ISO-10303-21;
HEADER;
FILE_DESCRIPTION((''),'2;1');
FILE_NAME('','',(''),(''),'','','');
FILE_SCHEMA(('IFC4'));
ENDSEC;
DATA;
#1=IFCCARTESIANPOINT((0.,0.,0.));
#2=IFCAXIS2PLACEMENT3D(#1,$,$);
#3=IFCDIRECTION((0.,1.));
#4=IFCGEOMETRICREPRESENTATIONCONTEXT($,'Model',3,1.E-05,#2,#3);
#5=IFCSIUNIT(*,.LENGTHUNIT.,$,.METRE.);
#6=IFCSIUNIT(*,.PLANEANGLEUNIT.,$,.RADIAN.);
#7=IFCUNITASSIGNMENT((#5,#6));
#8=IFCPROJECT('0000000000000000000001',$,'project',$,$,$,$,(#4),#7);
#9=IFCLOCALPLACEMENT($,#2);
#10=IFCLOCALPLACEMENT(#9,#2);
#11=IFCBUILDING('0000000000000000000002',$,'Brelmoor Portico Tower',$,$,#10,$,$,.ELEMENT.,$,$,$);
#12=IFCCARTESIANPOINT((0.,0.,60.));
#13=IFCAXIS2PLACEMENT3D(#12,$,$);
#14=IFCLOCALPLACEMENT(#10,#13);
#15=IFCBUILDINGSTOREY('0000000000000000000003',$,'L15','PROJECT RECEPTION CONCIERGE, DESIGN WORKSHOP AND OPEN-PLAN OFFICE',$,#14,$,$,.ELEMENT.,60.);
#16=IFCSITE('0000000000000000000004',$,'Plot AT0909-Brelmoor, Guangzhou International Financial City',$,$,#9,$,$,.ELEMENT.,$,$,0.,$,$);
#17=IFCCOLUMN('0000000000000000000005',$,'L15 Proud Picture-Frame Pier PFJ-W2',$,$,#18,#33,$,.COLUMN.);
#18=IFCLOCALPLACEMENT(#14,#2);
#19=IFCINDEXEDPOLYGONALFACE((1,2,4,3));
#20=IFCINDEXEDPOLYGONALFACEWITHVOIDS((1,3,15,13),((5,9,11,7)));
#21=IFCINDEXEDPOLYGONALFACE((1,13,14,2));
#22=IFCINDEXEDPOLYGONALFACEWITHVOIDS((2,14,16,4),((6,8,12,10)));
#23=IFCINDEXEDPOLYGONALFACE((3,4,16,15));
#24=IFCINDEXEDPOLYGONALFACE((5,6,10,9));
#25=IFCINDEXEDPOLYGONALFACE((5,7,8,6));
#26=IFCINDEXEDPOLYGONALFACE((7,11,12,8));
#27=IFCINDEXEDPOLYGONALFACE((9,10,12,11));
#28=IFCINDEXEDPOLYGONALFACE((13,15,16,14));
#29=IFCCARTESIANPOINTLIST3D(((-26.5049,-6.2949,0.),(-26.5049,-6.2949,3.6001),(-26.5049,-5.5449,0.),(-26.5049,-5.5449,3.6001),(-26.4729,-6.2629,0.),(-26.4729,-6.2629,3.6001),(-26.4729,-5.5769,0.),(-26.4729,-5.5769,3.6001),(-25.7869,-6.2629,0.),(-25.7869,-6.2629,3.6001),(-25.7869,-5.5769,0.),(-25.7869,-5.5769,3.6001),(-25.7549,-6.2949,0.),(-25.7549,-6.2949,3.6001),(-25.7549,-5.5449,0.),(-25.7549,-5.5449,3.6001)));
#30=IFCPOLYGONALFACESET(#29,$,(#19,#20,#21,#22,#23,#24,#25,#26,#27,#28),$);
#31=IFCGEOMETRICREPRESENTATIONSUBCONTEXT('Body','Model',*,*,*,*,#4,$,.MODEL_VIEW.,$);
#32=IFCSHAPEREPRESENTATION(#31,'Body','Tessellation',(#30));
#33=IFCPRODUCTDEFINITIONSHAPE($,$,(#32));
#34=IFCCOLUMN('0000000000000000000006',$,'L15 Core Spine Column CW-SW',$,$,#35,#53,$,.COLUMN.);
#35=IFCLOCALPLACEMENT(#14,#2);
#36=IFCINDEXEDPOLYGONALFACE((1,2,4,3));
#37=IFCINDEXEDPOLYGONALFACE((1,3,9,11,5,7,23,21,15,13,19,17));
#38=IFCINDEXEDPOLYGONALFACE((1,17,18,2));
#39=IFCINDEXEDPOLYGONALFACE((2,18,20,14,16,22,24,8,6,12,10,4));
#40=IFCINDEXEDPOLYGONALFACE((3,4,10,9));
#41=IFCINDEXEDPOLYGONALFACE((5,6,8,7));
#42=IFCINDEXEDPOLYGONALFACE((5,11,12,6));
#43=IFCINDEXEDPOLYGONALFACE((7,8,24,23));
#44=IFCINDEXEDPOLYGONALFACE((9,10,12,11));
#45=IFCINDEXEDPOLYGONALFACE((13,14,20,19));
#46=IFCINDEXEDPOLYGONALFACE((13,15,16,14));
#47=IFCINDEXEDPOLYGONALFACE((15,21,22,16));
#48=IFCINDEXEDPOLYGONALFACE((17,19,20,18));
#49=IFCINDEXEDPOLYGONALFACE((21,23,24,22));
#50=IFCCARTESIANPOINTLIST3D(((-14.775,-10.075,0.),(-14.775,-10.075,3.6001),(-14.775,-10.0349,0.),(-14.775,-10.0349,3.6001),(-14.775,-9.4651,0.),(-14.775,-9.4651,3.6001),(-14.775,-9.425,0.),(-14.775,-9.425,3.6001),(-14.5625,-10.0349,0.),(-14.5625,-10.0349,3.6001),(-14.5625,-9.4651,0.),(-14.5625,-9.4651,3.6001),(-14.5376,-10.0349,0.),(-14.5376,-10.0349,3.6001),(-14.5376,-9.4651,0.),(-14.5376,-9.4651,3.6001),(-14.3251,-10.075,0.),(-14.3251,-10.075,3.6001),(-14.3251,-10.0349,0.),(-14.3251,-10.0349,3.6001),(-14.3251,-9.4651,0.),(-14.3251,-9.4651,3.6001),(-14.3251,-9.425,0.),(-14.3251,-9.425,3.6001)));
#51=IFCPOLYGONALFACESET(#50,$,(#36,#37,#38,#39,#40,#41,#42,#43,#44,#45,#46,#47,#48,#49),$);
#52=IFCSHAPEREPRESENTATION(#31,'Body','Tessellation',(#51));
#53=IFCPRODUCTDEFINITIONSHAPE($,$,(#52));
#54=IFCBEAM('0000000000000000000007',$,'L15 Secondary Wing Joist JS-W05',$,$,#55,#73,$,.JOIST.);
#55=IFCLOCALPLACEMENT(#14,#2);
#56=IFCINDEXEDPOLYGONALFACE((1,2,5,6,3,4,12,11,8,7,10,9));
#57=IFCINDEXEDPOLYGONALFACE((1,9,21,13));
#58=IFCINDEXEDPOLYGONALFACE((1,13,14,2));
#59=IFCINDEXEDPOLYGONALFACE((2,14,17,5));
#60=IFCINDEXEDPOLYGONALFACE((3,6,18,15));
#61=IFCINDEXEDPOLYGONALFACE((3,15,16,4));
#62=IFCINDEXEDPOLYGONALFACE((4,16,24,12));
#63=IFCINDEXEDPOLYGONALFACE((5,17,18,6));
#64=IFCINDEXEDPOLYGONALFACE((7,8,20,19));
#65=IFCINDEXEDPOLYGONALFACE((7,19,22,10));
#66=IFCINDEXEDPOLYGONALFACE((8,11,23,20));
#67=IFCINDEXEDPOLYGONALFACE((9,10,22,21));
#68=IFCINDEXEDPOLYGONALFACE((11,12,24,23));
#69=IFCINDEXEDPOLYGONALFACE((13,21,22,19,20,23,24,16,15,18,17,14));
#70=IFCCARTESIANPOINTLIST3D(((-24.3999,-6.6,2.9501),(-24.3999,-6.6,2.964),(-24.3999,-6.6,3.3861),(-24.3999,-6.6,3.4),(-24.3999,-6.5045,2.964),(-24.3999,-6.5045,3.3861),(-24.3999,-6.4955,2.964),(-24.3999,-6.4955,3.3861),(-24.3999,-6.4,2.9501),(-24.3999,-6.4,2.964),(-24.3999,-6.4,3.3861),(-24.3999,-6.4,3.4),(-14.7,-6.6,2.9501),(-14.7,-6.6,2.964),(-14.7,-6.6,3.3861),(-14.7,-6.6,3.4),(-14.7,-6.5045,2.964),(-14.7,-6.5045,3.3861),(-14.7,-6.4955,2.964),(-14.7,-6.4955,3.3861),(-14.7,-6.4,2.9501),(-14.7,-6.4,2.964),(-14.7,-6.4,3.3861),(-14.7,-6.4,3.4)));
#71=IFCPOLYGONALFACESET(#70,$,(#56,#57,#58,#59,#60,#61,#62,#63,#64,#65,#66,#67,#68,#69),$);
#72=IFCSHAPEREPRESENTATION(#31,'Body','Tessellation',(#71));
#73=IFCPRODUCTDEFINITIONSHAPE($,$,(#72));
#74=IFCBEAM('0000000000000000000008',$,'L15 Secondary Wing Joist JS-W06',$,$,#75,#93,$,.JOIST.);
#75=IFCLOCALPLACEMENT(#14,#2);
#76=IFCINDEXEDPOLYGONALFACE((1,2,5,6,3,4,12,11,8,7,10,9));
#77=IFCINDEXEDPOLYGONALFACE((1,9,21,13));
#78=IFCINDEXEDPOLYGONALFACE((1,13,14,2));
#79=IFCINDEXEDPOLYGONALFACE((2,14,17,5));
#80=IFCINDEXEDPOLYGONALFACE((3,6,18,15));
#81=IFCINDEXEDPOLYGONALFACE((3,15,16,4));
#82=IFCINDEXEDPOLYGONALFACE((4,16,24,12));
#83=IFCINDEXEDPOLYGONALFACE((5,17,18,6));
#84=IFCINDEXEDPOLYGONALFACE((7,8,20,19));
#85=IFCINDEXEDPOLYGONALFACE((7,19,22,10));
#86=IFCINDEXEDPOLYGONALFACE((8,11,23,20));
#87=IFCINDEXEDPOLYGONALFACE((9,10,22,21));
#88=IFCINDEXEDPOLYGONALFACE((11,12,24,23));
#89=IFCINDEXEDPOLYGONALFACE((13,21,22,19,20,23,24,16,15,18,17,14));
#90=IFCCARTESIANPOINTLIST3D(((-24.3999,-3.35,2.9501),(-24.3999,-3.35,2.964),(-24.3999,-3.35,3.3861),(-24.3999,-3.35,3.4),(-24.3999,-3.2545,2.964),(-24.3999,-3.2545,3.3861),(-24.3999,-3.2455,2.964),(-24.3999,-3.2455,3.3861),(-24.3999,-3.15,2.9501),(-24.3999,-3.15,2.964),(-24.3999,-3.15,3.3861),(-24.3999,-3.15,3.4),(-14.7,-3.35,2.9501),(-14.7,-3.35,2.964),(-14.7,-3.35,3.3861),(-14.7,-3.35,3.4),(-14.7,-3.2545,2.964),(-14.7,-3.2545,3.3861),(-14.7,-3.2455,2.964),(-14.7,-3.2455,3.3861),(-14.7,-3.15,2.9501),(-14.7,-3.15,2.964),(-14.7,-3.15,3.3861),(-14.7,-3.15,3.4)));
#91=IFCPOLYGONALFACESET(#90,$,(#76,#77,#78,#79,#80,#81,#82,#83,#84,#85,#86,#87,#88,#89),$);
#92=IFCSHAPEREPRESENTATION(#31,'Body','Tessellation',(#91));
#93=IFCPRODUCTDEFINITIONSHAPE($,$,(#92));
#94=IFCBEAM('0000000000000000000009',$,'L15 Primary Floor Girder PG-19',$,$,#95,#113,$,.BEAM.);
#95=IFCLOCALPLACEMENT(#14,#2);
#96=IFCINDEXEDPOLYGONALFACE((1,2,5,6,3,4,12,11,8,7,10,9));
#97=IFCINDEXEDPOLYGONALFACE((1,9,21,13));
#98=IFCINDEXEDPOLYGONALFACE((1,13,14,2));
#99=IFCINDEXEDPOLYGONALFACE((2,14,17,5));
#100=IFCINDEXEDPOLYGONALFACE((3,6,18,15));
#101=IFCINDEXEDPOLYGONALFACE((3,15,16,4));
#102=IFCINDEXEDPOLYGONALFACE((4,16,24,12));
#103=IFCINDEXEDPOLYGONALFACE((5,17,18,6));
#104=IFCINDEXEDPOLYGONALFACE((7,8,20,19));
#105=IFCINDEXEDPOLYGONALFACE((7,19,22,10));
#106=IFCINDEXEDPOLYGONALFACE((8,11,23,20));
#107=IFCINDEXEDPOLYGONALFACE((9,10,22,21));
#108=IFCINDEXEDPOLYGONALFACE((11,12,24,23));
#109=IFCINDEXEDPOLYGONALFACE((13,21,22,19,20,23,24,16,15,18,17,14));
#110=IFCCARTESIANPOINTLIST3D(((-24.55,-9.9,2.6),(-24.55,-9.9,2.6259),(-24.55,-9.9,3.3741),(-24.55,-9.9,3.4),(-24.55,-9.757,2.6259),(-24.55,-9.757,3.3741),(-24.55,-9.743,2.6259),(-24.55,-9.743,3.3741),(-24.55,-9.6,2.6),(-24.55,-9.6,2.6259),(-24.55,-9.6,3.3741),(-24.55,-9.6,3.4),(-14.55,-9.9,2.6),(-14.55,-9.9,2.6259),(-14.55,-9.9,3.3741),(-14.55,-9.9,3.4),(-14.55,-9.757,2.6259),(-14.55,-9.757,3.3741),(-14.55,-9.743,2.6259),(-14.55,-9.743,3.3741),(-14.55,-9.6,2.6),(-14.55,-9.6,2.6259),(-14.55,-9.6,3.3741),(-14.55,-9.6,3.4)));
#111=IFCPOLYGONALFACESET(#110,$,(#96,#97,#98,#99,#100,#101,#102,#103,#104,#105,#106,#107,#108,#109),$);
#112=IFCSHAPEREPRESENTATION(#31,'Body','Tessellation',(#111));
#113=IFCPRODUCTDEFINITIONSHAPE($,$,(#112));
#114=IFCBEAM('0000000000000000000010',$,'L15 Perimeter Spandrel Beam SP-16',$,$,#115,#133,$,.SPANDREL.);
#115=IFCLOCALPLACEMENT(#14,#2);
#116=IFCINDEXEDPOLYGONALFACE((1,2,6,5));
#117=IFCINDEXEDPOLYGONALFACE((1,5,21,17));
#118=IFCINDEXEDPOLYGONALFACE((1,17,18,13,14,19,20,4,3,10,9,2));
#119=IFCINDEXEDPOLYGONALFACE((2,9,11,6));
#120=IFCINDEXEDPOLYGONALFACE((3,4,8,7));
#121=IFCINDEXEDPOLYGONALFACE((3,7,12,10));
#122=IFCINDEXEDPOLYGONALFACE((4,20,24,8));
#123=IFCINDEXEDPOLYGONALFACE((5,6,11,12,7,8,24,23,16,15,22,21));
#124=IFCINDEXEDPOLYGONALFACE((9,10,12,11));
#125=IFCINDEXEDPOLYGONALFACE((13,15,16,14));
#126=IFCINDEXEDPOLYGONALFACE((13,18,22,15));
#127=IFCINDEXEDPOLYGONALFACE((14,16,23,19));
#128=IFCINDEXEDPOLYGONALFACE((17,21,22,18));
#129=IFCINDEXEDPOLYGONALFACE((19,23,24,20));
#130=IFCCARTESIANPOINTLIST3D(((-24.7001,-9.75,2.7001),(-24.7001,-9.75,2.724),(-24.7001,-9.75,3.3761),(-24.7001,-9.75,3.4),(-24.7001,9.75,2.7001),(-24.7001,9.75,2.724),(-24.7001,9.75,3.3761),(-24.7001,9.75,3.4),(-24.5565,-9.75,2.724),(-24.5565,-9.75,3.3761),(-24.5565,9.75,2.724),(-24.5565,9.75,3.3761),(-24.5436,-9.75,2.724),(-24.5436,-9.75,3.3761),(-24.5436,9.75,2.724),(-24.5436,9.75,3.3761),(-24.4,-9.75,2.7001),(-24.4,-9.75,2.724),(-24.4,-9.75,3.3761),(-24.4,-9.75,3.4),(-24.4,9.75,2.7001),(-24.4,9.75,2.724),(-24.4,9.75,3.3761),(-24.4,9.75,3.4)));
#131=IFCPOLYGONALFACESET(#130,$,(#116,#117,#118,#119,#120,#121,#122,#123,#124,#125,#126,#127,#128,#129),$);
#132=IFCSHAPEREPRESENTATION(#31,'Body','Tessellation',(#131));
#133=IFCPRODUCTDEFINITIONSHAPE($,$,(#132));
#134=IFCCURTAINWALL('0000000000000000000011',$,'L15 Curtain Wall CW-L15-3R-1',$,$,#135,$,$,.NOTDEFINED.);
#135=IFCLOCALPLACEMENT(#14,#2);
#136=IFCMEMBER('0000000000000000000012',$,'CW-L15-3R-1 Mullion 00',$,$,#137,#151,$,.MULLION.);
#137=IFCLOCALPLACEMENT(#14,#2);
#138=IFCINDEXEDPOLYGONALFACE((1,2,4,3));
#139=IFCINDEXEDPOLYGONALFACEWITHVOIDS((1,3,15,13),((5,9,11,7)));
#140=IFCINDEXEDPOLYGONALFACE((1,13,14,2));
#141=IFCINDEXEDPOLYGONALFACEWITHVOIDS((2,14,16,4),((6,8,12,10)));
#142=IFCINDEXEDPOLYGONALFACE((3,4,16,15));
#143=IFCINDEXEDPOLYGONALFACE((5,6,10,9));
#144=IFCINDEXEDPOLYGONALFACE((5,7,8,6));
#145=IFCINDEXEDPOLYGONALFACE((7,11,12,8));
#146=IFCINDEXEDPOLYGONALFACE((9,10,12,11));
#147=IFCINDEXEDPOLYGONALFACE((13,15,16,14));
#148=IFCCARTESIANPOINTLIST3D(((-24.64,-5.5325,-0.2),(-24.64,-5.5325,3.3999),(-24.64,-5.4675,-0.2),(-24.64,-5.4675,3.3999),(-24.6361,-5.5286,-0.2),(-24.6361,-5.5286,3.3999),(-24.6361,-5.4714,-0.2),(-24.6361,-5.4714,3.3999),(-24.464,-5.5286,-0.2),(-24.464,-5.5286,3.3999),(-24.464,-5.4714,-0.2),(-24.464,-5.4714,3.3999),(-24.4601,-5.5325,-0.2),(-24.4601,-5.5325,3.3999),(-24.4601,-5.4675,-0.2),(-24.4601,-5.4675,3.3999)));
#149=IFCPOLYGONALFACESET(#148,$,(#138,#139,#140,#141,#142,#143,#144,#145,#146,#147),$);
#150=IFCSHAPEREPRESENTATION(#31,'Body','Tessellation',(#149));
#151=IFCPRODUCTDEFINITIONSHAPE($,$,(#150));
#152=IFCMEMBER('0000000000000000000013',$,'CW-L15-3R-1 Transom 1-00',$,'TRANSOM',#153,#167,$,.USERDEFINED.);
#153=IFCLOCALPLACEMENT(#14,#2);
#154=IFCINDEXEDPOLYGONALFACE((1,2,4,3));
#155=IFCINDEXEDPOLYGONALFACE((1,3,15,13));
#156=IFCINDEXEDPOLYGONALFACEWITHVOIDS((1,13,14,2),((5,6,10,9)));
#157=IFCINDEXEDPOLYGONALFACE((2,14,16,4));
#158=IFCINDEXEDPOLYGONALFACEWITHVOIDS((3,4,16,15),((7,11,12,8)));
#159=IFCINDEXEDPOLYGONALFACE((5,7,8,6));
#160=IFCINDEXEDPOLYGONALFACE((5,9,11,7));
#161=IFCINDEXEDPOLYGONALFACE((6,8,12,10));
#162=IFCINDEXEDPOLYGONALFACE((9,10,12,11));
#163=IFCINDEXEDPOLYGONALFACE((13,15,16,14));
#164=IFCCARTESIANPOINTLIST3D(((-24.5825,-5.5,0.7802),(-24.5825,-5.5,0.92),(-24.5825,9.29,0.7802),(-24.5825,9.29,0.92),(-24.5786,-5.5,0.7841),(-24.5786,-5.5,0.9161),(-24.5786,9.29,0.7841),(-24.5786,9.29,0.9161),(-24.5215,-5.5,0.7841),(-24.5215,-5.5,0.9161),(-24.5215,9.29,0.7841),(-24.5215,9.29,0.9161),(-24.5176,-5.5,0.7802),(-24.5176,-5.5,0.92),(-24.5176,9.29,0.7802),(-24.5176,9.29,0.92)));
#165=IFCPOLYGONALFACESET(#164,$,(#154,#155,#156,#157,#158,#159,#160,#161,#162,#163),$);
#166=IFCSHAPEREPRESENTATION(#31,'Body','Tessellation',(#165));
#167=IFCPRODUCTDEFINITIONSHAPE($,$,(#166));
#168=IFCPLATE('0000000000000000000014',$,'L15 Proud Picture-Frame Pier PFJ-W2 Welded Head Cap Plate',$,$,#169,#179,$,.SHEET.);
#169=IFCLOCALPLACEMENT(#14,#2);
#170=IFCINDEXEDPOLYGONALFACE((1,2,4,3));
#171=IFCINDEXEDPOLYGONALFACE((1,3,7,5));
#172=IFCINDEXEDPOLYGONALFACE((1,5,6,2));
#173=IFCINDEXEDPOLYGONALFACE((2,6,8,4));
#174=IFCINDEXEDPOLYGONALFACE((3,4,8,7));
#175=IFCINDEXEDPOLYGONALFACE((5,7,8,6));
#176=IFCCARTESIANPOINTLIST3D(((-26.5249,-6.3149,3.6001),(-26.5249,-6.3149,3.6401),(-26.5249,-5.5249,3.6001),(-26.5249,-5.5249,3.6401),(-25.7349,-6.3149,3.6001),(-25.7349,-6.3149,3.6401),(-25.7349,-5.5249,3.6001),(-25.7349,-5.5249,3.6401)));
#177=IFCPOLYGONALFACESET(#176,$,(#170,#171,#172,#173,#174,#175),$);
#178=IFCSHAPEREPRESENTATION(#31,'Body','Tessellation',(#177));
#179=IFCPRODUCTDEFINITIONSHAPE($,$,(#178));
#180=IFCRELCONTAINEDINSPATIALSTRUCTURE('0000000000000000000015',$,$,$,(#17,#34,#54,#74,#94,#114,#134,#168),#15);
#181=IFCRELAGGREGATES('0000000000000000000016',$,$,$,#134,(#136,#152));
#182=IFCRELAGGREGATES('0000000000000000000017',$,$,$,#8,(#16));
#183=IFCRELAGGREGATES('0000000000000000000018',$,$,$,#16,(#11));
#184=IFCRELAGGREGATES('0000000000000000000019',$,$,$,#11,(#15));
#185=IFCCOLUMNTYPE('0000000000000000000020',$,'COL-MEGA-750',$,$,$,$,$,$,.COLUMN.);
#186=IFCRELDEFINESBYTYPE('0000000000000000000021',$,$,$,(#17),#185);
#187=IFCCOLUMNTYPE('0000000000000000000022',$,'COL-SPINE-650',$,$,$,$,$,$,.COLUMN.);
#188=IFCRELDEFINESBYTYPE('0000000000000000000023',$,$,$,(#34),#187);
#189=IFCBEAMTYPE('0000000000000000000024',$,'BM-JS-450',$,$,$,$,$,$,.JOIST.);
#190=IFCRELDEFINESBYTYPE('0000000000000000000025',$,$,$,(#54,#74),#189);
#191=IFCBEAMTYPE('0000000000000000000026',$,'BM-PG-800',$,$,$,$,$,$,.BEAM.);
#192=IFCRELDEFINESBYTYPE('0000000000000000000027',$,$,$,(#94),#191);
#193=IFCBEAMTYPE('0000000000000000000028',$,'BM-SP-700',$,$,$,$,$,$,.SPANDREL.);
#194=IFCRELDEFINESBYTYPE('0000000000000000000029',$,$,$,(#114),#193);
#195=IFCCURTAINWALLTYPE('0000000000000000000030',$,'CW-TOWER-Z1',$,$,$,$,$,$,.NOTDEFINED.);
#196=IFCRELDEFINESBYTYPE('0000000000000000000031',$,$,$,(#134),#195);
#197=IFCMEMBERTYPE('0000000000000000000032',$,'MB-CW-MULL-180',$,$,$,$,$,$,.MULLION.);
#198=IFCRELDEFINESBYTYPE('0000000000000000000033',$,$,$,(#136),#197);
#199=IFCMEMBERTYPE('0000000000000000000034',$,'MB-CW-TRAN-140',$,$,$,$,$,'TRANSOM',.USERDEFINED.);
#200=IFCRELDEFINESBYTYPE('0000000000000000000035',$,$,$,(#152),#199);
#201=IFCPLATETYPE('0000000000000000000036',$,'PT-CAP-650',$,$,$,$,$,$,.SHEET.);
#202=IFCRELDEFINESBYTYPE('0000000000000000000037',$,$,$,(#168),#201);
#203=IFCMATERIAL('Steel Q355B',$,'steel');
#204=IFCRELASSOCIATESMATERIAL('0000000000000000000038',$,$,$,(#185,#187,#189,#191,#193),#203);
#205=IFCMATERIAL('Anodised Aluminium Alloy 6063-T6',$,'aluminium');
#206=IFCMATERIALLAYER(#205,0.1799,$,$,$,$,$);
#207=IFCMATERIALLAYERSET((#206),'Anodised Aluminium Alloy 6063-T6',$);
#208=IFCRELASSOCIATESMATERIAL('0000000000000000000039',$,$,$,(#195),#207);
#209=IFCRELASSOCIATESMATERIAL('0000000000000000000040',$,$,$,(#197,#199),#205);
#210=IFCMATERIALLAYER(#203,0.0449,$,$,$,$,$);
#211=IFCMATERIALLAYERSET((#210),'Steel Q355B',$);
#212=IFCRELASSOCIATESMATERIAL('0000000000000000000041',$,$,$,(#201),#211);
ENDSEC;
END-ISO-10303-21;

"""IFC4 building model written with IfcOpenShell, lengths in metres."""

from ifc_helpers import new_model, si_unit, direction, frame, origin, origin_2d, place, context, subcontext, project, spatial, rectangle, hollow_rectangle, i_section, extrude, material, layer, layer_set, material_profile, profile_set, type_object, element, aggregate, save


model = new_model("IFC4")

# Units and contexts
model_context = context("Model", 3, precision=1e-05, world=origin(), true_north=direction((0.0, 1.0)))
body_context = subcontext(model_context, "Body", "Model", "MODEL_VIEW")
ifc_project = project(units=[si_unit("LENGTHUNIT", "METRE"), si_unit("PLANEANGLEUNIT", "RADIAN")], contexts=[model_context])

# Site, building, storey
site_placement = place(None, origin())
site = spatial("IfcSite", under=ifc_project, at=site_placement, Name="Plot AT0909-Brelmoor, Guangzhou International Financial City", CompositionType="ELEMENT", RefElevation=0.0)
building_placement = place(site_placement, origin())
building = spatial("IfcBuilding", under=site, at=building_placement, Name="Brelmoor Portico Tower", CompositionType="ELEMENT")
storey_placement = place(building_placement, frame((0.0, 0.0, 60.0)))
storey = spatial("IfcBuildingStorey", under=building, at=storey_placement, Name="L15", Description="PROJECT RECEPTION CONCIERGE, DESIGN WORKSHOP AND OPEN-PLAN OFFICE", CompositionType="ELEMENT", Elevation=60.0)

# Columns
ifc_material_1 = material(Name="Steel Q355B", Category="steel")
ifc_material_profile_1 = material_profile(ifc_material_1, hollow_rectangle(XDim=0.75, YDim=0.75, WallThickness=0.032, at=origin_2d()), Name="BOX 750x750x32")
ifc_profile_set_1 = profile_set([ifc_material_profile_1], Name="Steel Q355B")
column_type_1 = type_object("IfcColumnType", Name="COL-MEGA-750", PredefinedType="COLUMN", material=ifc_profile_set_1)
column_1_placement = place(storey_placement, frame((-26.1299, -5.9199, 0.0), z_axis=(0.0, 0.0, 1.0), x_axis=(0.0, 1.0, 0.0)))
element("IfcColumn", 1, at=column_1_placement, inside=storey, type_object=column_type_1, Name="L15 Proud Picture-Frame Pier PFJ-W2", PredefinedType="COLUMN", context=body_context, shape_type="SweptSolid", body=[
    extrude(hollow_rectangle(XDim=0.75, YDim=0.75, WallThickness=0.032, at=origin_2d()), origin(), (0.0, 0.0, 1.0), 3.6001),
])
ifc_material_profile_2 = material_profile(ifc_material_1, i_section(OverallWidth=0.45, OverallDepth=0.6499, WebThickness=0.0249, FlangeThickness=0.04, at=origin_2d()), Name="HW 650x450x25x40")
ifc_profile_set_2 = profile_set([ifc_material_profile_2], Name="Steel Q355B")
column_type_2 = type_object("IfcColumnType", Name="COL-SPINE-650", PredefinedType="COLUMN", material=ifc_profile_set_2)
column_2_placement = place(storey_placement, frame((-14.55, -9.75, 0.0), z_axis=(0.0, 0.0, 1.0), x_axis=(1.0, 0.0, 0.0)))
element("IfcColumn", 2, at=column_2_placement, inside=storey, type_object=column_type_2, Name="L15 Core Spine Column CW-SW", PredefinedType="COLUMN", context=body_context, shape_type="SweptSolid", body=[
    extrude(i_section(OverallWidth=0.45, OverallDepth=0.6499, WebThickness=0.0249, FlangeThickness=0.04, at=origin_2d()), origin(), (0.0, 0.0, 1.0), 3.6001),
])

# Beams
ifc_material_profile_3 = material_profile(ifc_material_1, i_section(OverallWidth=0.2, OverallDepth=0.45, WebThickness=0.009, FlangeThickness=0.0139, at=origin_2d()), Name="HN 450x200x9x14")
ifc_profile_set_3 = profile_set([ifc_material_profile_3], Name="Steel Q355B")
beam_type_1 = type_object("IfcBeamType", Name="BM-JS-450", PredefinedType="JOIST", material=ifc_profile_set_3)
for number, where, z_axis, x_axis, name in (
    (3, (-24.3999, -6.5, 3.175), (1.0, 0.0, 0.0), (0.0, 1.0, 0.0), "L15 Secondary Wing Joist JS-W05"),
    (4, (-24.3999, -3.25, 3.175), (1.0, 0.0, 0.0), (0.0, 1.0, 0.0), "L15 Secondary Wing Joist JS-W06"),
):
    element("IfcBeam", number, at=place(storey_placement, frame(where, z_axis=z_axis, x_axis=x_axis)), inside=storey, type_object=beam_type_1, Name=name, PredefinedType="JOIST", context=body_context, shape_type="SweptSolid", body=[
        extrude(i_section(OverallWidth=0.2, OverallDepth=0.45, WebThickness=0.009, FlangeThickness=0.0139, at=origin_2d()), origin(), (0.0, 0.0, 1.0), 9.7),
    ])
ifc_material_profile_4 = material_profile(ifc_material_1, i_section(OverallWidth=0.3, OverallDepth=0.8, WebThickness=0.0139, FlangeThickness=0.0259, at=origin_2d()), Name="HN 800x300x14x26")
ifc_profile_set_4 = profile_set([ifc_material_profile_4], Name="Steel Q355B")
beam_type_2 = type_object("IfcBeamType", Name="BM-PG-800", PredefinedType="BEAM", material=ifc_profile_set_4)
beam_1_placement = place(storey_placement, frame((-24.55, -9.75, 3.0), z_axis=(1.0, 0.0, 0.0), x_axis=(0.0, 1.0, 0.0)))
element("IfcBeam", 5, at=beam_1_placement, inside=storey, type_object=beam_type_2, Name="L15 Primary Floor Girder PG-19", PredefinedType="BEAM", context=body_context, shape_type="SweptSolid", body=[
    extrude(i_section(OverallWidth=0.3, OverallDepth=0.8, WebThickness=0.0139, FlangeThickness=0.0259, at=origin_2d()), origin(), (0.0, 0.0, 1.0), 10.0),
])
ifc_material_profile_5 = material_profile(ifc_material_1, i_section(OverallWidth=0.3, OverallDepth=0.7, WebThickness=0.0129, FlangeThickness=0.0239, at=origin_2d()), Name="HN 700x300x13x24")
ifc_profile_set_5 = profile_set([ifc_material_profile_5], Name="Steel Q355B")
beam_type_3 = type_object("IfcBeamType", Name="BM-SP-700", PredefinedType="SPANDREL", material=ifc_profile_set_5)
beam_2_placement = place(storey_placement, frame((-24.55, -9.75, 3.05), z_axis=(0.0, 1.0, 0.0), x_axis=(-1.0, 0.0, 0.0)))
element("IfcBeam", 6, at=beam_2_placement, inside=storey, type_object=beam_type_3, Name="L15 Perimeter Spandrel Beam SP-16", PredefinedType="SPANDREL", context=body_context, shape_type="SweptSolid", body=[
    extrude(i_section(OverallWidth=0.3, OverallDepth=0.7, WebThickness=0.0129, FlangeThickness=0.0239, at=origin_2d()), origin(), (0.0, 0.0, 1.0), 19.5),
])

# Curtain wall, members
ifc_material_2 = material(Name="Anodised Aluminium Alloy 6063-T6", Category="aluminium")
ifc_layer_1 = layer(ifc_material_2, 0.1799)
ifc_layer_set_1 = layer_set([ifc_layer_1], Name="Anodised Aluminium Alloy 6063-T6")
curtain_wall_type = type_object("IfcCurtainWallType", Name="CW-TOWER-Z1", PredefinedType="NOTDEFINED", material=ifc_layer_set_1)
curtain_wall_placement = place(storey_placement, origin())
curtain_wall = element("IfcCurtainWall", 7, at=curtain_wall_placement, inside=storey, type_object=curtain_wall_type, Name="L15 Curtain Wall CW-L15-3R-1", PredefinedType="NOTDEFINED")
ifc_material_profile_6 = material_profile(ifc_material_2, hollow_rectangle(XDim=0.0649, YDim=0.1799, WallThickness=0.0039, at=origin_2d()), Name="ALU MULLION 65x180")
ifc_profile_set_6 = profile_set([ifc_material_profile_6], Name="Anodised Aluminium Alloy 6063-T6")
member_type_1 = type_object("IfcMemberType", Name="MB-CW-MULL-180", PredefinedType="MULLION", material=ifc_profile_set_6)
member_1_placement = place(storey_placement, frame((-24.55, -5.5, -0.2), z_axis=(0.0, 0.0, 1.0), x_axis=(0.0, 1.0, 0.0)))
member_1 = element("IfcMember", 8, at=member_1_placement, type_object=member_type_1, Name="CW-L15-3R-1 Mullion 00", PredefinedType="MULLION", context=body_context, shape_type="SweptSolid", body=[
    extrude(hollow_rectangle(XDim=0.0649, YDim=0.1799, WallThickness=0.0039, at=origin_2d()), origin(), (0.0, 0.0, 1.0), 3.5999),
])
ifc_material_profile_7 = material_profile(ifc_material_2, hollow_rectangle(XDim=0.0649, YDim=0.1399, WallThickness=0.0039, at=origin_2d()), Name="ALU TRANSOM 65x140")
ifc_profile_set_7 = profile_set([ifc_material_profile_7], Name="Anodised Aluminium Alloy 6063-T6")
member_type_2 = type_object("IfcMemberType", Name="MB-CW-TRAN-140", ElementType="TRANSOM", PredefinedType="USERDEFINED", material=ifc_profile_set_7)
member_2_placement = place(storey_placement, frame((-24.55, -5.5, 0.8501), z_axis=(0.0, 1.0, 0.0), x_axis=(-1.0, 0.0, 0.0)))
member_2 = element("IfcMember", 9, at=member_2_placement, type_object=member_type_2, Name="CW-L15-3R-1 Transom 1-00", ObjectType="TRANSOM", PredefinedType="USERDEFINED", context=body_context, shape_type="SweptSolid", body=[
    extrude(hollow_rectangle(XDim=0.0649, YDim=0.1399, WallThickness=0.0039, at=origin_2d()), origin(), (0.0, 0.0, 1.0), 14.79),
])
aggregate(curtain_wall, [member_1, member_2])

# Plate
ifc_layer_2 = layer(ifc_material_1, 0.0449)
ifc_layer_set_2 = layer_set([ifc_layer_2], Name="Steel Q355B")
plate_type = type_object("IfcPlateType", Name="PT-CAP-650", PredefinedType="SHEET", material=ifc_layer_set_2)
plate_placement = place(storey_placement, frame((-26.1299, -5.9199, 3.6001), z_axis=(0.0, 0.0, 1.0), x_axis=(0.0, 1.0, 0.0)))
element("IfcPlate", 10, at=plate_placement, inside=storey, type_object=plate_type, Name="L15 Proud Picture-Frame Pier PFJ-W2 Welded Head Cap Plate", PredefinedType="SHEET", context=body_context, shape_type="SweptSolid", body=[
    extrude(rectangle(XDim=0.79, YDim=0.79, at=origin_2d()), origin(), (0.0, 0.0, 1.0), 0.04),
])

save(model, "model.ifc")
